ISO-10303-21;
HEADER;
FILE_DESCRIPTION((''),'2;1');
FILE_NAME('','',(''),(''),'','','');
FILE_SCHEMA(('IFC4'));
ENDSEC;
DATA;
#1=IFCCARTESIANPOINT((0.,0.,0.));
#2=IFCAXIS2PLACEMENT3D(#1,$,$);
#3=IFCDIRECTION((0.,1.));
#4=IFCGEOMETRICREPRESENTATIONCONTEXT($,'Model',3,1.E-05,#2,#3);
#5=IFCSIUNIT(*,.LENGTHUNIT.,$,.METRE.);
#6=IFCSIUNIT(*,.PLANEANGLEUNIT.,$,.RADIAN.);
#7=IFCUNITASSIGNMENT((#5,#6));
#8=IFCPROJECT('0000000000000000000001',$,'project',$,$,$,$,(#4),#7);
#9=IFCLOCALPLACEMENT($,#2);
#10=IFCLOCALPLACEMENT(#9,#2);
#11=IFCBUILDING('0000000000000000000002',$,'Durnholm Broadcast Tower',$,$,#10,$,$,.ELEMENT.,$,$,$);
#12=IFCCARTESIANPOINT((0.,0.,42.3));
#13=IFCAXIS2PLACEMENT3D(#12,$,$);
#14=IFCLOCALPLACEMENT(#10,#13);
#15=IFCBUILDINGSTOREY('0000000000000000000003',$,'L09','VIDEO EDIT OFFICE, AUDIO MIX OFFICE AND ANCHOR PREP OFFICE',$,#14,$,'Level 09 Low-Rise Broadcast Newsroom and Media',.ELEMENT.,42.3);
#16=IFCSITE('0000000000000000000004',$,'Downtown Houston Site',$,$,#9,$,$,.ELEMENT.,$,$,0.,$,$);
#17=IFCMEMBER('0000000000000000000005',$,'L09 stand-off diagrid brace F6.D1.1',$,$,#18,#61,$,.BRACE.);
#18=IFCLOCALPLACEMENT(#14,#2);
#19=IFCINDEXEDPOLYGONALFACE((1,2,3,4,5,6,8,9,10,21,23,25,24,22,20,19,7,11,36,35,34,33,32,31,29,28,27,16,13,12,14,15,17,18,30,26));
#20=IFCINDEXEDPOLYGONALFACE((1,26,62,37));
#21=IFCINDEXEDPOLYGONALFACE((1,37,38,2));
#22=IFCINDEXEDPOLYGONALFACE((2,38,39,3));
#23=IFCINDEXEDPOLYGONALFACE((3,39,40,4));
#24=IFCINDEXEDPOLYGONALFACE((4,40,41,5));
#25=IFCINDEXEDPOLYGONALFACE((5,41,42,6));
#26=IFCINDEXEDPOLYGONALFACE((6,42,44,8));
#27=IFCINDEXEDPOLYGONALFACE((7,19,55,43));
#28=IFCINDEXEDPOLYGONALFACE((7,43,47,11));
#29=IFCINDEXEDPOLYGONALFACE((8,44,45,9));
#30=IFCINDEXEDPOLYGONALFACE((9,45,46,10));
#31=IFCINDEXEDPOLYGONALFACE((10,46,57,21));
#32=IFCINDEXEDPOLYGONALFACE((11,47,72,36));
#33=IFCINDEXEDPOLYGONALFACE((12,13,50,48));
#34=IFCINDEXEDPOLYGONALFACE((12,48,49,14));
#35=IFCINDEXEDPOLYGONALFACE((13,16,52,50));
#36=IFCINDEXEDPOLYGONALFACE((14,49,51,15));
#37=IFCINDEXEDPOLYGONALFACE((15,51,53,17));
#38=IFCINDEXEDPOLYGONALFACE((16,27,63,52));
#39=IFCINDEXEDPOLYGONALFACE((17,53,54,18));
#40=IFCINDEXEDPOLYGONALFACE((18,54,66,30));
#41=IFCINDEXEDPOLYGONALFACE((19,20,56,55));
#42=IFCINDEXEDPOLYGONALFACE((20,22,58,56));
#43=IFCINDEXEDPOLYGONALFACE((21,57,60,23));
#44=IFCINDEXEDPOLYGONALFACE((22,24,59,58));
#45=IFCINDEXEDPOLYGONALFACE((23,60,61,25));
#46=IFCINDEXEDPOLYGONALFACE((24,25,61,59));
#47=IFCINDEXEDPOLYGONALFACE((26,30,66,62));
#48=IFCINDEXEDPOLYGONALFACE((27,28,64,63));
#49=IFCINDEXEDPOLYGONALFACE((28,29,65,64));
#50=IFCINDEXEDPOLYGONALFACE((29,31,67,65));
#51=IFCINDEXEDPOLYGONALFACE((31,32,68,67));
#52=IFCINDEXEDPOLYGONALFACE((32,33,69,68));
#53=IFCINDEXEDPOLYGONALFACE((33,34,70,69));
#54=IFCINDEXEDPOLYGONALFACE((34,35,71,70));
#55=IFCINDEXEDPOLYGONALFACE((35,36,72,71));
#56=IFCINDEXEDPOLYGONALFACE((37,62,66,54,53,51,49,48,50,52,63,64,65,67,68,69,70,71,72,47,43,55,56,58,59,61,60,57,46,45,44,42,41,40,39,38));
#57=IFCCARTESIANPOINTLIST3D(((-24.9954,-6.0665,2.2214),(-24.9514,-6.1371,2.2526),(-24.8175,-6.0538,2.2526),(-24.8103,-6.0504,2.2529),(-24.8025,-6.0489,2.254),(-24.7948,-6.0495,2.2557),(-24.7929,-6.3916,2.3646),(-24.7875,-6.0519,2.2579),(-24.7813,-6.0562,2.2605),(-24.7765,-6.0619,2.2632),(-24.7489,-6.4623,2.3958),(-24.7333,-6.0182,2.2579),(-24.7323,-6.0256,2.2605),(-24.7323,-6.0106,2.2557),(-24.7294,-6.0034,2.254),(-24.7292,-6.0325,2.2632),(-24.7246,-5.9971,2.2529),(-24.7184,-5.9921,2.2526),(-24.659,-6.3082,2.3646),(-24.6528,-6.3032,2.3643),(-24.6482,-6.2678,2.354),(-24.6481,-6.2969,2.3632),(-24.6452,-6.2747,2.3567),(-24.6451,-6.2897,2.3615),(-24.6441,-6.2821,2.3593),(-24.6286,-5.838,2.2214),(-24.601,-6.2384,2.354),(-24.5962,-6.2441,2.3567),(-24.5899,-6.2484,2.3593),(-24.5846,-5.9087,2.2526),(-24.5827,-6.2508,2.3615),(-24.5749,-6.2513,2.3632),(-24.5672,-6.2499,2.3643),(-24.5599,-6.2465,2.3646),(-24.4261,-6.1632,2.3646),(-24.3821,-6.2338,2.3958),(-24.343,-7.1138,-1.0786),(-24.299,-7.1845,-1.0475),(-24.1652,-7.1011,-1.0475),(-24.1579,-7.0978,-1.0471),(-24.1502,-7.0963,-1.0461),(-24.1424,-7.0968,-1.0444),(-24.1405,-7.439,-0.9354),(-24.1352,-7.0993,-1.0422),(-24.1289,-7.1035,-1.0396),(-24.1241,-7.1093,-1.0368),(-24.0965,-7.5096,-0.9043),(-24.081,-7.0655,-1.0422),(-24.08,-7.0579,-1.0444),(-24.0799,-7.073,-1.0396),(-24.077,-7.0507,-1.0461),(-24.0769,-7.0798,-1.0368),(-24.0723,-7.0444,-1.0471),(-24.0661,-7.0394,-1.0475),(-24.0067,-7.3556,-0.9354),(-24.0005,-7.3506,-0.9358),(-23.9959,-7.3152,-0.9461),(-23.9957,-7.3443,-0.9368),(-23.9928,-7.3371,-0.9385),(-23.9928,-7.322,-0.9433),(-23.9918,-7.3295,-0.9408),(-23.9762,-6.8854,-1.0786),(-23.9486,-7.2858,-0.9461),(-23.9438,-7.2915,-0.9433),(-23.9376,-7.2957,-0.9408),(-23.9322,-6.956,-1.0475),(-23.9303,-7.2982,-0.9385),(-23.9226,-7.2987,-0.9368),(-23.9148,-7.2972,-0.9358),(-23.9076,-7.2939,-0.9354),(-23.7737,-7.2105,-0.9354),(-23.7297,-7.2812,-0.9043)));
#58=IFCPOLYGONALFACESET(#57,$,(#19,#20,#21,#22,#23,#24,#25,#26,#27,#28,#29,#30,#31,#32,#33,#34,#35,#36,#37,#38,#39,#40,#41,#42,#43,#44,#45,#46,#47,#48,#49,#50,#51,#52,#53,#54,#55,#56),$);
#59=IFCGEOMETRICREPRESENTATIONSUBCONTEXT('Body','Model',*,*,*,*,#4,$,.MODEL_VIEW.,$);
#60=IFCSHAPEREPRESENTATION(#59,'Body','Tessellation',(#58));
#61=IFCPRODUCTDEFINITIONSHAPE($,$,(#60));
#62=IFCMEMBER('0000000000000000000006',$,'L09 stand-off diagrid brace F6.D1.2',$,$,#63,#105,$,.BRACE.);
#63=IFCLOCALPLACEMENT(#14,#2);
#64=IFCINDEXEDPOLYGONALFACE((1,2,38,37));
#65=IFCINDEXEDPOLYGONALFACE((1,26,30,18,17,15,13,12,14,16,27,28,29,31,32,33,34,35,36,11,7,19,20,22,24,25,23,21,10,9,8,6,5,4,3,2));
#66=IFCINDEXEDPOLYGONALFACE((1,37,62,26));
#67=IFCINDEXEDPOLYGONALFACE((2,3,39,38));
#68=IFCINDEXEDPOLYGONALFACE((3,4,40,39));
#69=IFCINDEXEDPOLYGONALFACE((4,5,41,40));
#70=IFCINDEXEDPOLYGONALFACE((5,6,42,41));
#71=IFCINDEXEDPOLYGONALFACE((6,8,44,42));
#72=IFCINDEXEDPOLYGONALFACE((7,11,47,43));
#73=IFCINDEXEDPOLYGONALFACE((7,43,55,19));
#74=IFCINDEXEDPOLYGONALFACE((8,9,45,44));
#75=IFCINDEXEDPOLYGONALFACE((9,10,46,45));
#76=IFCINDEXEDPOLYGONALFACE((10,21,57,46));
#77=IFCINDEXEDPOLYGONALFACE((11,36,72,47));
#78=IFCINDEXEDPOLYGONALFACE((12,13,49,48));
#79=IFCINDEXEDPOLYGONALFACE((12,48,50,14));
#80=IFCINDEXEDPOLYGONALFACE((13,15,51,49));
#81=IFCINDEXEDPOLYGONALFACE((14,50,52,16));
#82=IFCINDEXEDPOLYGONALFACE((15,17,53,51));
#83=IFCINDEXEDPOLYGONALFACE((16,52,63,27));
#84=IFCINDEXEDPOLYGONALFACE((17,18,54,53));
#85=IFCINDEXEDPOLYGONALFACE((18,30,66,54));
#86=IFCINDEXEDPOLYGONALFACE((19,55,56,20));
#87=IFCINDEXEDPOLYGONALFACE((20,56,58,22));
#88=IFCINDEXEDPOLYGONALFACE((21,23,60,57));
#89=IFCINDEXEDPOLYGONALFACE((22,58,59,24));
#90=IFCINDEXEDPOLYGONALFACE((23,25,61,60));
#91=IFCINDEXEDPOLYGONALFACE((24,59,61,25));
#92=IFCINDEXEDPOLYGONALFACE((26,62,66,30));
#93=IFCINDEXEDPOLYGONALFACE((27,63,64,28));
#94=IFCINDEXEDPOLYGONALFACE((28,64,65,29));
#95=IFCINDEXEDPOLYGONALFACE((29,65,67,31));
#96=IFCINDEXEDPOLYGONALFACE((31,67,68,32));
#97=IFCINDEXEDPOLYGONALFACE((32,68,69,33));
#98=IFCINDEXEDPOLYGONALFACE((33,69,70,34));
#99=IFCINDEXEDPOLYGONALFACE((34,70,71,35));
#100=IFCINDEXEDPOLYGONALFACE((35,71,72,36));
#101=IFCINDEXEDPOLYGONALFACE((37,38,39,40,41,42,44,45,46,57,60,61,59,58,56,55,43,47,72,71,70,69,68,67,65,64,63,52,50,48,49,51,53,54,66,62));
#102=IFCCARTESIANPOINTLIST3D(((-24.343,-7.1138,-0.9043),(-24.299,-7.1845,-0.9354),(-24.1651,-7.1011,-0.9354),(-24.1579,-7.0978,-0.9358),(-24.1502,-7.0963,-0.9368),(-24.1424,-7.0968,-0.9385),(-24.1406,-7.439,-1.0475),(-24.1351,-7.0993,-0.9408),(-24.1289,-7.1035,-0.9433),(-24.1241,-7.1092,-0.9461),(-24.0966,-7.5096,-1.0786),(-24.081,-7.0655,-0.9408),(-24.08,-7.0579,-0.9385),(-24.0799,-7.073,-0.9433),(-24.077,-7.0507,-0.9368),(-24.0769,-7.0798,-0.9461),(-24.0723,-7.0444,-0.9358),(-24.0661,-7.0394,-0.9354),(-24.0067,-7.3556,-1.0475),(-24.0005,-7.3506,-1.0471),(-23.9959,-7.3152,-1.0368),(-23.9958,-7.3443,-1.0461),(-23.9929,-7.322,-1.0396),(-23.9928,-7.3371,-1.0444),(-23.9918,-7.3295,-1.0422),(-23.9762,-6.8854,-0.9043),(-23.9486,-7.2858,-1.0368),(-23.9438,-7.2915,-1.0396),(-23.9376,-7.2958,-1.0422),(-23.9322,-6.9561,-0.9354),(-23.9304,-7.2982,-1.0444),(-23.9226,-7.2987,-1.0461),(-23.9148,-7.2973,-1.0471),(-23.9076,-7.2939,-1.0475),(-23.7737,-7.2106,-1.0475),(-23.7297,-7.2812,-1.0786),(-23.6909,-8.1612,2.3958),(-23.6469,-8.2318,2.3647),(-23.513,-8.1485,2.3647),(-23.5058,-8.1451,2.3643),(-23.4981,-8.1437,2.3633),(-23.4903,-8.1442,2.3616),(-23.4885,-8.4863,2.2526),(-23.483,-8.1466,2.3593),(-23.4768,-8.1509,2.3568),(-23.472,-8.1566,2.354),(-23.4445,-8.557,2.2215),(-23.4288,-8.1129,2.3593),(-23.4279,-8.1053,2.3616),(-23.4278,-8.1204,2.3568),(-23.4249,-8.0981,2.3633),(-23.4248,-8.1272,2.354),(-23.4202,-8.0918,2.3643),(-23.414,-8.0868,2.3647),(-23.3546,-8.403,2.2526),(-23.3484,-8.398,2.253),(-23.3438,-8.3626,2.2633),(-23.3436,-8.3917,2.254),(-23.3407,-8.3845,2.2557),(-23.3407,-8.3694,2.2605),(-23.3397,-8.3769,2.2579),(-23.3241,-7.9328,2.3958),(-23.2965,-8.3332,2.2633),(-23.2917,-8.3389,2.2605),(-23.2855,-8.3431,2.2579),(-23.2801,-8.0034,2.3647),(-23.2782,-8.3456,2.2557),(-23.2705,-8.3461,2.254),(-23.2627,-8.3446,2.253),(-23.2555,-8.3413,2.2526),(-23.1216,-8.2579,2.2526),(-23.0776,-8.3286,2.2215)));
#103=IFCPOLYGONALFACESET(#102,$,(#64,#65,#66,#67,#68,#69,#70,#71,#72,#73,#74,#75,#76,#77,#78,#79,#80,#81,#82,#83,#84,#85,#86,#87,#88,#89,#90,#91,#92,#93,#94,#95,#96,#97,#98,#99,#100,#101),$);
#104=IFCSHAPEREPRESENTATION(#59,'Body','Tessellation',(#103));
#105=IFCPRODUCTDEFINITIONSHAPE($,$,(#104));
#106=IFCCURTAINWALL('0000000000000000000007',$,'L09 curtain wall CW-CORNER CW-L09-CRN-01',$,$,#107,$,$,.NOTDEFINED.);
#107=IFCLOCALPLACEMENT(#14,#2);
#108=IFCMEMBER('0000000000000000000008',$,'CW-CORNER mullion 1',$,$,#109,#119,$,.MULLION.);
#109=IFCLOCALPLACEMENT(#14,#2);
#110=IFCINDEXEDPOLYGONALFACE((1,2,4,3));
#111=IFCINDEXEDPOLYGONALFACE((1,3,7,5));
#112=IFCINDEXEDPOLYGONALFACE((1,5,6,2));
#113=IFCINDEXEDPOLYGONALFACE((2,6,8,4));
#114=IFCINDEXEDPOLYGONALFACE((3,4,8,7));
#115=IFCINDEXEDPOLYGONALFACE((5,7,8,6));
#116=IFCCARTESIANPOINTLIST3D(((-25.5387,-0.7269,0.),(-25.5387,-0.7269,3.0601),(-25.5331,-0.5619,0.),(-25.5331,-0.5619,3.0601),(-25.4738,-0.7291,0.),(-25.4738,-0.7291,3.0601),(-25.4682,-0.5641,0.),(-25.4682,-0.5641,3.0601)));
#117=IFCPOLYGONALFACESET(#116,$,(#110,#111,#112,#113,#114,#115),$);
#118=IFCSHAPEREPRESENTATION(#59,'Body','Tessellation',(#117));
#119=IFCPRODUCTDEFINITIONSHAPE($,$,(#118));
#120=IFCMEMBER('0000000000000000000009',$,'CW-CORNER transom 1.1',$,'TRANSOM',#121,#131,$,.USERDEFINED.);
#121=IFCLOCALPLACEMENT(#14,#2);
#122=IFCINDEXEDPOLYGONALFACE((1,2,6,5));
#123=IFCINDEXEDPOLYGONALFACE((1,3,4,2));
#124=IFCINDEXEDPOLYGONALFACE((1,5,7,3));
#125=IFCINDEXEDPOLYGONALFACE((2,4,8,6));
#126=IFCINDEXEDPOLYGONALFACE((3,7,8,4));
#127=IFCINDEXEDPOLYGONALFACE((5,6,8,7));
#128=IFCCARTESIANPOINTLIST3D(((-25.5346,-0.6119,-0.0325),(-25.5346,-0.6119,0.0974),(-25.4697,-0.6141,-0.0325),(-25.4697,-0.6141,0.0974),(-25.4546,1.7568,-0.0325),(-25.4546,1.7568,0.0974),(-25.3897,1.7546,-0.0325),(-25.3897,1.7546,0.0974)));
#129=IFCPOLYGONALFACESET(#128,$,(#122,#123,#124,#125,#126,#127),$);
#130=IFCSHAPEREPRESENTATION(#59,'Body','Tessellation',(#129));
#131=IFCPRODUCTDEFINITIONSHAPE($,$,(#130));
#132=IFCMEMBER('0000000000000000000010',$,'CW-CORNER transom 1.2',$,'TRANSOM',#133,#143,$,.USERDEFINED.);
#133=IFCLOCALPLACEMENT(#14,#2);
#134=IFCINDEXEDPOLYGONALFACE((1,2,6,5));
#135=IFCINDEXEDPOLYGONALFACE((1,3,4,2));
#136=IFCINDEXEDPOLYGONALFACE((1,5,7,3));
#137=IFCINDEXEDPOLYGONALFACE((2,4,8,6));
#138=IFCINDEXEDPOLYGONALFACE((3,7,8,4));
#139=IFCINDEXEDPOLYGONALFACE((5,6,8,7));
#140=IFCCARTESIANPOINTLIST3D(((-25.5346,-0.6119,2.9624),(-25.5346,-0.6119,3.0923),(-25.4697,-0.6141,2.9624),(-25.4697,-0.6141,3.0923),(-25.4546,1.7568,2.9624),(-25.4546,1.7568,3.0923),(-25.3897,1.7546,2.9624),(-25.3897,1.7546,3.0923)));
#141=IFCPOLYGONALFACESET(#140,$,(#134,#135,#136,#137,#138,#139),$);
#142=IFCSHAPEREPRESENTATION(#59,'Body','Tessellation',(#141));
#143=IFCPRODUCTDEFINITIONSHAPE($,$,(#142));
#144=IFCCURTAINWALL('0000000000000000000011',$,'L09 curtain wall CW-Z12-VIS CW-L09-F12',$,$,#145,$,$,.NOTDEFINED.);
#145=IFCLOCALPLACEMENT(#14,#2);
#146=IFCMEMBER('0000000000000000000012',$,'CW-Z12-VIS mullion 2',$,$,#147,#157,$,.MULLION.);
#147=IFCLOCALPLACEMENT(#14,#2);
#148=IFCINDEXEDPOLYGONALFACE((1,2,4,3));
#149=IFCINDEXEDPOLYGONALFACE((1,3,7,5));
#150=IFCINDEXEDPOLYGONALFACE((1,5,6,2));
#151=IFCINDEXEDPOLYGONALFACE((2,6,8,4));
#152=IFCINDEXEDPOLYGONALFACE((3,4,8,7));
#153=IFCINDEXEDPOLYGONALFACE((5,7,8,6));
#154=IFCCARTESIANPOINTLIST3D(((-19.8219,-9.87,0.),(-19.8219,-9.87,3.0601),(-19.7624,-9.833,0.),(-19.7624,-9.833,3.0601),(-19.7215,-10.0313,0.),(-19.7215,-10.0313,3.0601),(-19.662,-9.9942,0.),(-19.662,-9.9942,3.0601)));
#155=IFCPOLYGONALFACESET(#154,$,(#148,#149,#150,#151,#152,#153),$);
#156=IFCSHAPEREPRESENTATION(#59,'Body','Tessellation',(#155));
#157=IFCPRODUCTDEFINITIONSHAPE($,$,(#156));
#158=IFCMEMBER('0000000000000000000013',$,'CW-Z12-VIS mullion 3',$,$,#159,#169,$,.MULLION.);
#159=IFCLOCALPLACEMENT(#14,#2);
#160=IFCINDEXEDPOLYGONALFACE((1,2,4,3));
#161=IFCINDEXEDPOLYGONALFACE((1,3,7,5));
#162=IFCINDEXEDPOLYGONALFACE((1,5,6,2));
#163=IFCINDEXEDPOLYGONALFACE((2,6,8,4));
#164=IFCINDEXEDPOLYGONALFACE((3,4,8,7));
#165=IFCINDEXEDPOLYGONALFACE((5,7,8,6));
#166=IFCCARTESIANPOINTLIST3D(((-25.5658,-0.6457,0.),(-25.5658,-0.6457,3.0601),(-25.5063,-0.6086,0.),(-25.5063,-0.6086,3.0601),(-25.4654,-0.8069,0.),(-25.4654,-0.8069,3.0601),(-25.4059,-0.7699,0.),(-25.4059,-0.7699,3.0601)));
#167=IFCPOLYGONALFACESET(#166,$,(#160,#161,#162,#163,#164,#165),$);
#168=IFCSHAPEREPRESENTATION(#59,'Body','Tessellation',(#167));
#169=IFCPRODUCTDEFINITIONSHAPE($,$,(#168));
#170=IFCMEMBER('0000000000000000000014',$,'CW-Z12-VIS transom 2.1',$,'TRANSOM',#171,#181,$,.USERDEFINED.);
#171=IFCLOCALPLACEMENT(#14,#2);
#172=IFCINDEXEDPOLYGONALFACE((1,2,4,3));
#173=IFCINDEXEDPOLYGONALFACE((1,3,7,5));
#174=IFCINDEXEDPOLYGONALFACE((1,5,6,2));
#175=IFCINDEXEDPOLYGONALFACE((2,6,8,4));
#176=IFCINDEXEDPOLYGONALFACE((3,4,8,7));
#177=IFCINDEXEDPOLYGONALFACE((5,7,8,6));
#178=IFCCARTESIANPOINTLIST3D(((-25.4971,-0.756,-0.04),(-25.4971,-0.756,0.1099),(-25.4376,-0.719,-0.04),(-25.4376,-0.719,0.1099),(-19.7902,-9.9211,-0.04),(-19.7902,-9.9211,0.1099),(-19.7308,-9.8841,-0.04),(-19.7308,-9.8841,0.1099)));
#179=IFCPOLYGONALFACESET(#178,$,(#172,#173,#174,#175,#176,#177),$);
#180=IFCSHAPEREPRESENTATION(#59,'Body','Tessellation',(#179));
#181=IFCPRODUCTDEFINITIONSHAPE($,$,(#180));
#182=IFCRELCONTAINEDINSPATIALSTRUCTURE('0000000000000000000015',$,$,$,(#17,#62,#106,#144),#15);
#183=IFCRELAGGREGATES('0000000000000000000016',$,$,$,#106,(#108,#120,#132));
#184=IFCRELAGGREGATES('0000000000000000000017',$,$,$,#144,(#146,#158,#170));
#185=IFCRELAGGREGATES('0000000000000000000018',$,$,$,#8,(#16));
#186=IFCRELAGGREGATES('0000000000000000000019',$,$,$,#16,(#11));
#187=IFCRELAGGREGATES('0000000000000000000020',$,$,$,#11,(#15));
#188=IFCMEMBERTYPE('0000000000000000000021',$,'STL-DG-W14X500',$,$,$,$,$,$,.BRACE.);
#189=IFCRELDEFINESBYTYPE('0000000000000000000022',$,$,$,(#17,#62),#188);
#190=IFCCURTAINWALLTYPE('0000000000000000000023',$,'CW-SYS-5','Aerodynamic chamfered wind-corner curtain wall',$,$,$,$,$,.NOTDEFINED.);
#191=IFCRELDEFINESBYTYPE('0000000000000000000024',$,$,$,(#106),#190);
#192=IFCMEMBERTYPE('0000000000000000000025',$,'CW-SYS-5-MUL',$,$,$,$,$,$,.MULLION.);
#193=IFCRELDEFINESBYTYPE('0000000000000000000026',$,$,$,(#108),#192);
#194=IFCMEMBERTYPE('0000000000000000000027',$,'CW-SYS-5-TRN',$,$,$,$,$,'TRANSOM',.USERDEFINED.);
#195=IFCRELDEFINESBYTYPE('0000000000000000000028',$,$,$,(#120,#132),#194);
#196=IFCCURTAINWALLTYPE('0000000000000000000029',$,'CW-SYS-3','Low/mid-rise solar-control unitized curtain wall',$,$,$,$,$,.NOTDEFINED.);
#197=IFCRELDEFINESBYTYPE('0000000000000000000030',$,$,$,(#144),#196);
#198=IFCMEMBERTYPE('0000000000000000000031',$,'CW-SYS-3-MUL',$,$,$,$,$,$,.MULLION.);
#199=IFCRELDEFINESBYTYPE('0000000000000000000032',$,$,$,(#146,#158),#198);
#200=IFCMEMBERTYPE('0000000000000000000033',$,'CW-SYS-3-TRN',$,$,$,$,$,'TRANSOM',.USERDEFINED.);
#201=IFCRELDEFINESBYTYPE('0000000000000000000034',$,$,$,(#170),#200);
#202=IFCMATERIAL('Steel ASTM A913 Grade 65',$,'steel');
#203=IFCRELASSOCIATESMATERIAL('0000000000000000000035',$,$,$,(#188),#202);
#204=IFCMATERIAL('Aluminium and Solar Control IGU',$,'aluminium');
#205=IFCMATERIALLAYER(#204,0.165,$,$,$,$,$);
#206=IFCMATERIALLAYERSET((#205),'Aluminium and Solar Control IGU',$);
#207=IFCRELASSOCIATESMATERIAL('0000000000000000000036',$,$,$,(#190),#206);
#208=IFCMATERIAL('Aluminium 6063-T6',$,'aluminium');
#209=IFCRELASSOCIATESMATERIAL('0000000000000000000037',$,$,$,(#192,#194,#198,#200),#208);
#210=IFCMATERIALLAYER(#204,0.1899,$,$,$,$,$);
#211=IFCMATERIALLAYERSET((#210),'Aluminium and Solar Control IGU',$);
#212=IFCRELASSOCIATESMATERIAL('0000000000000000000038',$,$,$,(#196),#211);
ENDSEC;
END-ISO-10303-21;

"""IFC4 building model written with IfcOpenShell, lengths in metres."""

from ifc_helpers import new_model, si_unit, direction, frame, origin, origin_2d, place, context, subcontext, project, spatial, rectangle, i_section, extrude, source, transform, mapped, material, layer, layer_set, material_profile, profile_set, type_object, type_shapes, element, aggregate, save


model = new_model("IFC4")

# Units and contexts
model_context = context("Model", 3, precision=1e-05, world=origin(), true_north=direction((0.0, 1.0)))
body_context = subcontext(model_context, "Body", "Model", "MODEL_VIEW")
ifc_project = project(units=[si_unit("LENGTHUNIT", "METRE"), si_unit("PLANEANGLEUNIT", "RADIAN")], contexts=[model_context])

# Site, building, storey
site_placement = place(None, origin())
site = spatial("IfcSite", under=ifc_project, at=site_placement, Name="Downtown Houston Site", CompositionType="ELEMENT", RefElevation=0.0)
building_placement = place(site_placement, origin())
building = spatial("IfcBuilding", under=site, at=building_placement, Name="Durnholm Broadcast Tower", CompositionType="ELEMENT")
storey_placement = place(building_placement, frame((0.0, 0.0, 42.3)))
storey = spatial("IfcBuildingStorey", under=building, at=storey_placement, Name="L09", Description="VIDEO EDIT OFFICE, AUDIO MIX OFFICE AND ANCHOR PREP OFFICE", LongName="Level 09 Low-Rise Broadcast Newsroom and Media", CompositionType="ELEMENT", Elevation=42.3)

# Members
ifc_material_1 = material(Name="Steel ASTM A913 Grade 65", Category="steel")
ifc_material_profile_1 = material_profile(ifc_material_1, i_section(OverallWidth=0.4321, OverallDepth=0.4978, WebThickness=0.0557, FlangeThickness=0.0889, FilletRadius=0.0305, at=origin_2d()), Name="W14X500")
ifc_profile_set_1 = profile_set([ifc_material_profile_1], Name="Steel ASTM A913 Grade 65")
member_type_1 = type_object("IfcMemberType", Name="STL-DG-W14X500", PredefinedType="BRACE", material=ifc_profile_set_1)
shared_shape_1 = source(origin(), body_context, "Body", "SweptSolid", [
    extrude(i_section(OverallWidth=0.4321, OverallDepth=0.4978, WebThickness=0.0557, FlangeThickness=0.0889, FilletRadius=0.0305, at=origin_2d()), origin(), (0.0, 0.0, 1.0), 3.5232),
])
type_shapes(member_type_1, [shared_shape_1])
for number, where, z_axis, x_axis, name in (
    (1, (-24.0364, -7.1975, -0.9915), (-0.185157, 0.297277, 0.936666), (-0.84882, -0.528682, 0.0), "L09 stand-off diagrid brace F6.D1.1"),
    (2, (-24.0364, -7.1975, -0.9915), (0.18509, -0.297281, 0.936678), (0.848909, 0.52854, 0.0), "L09 stand-off diagrid brace F6.D1.2"),
):
    element("IfcMember", number, at=place(storey_placement, frame(where, z_axis=z_axis, x_axis=x_axis)), inside=storey, type_object=member_type_1, Name=name, PredefinedType="BRACE", context=body_context, shape_type="MappedRepresentation", body=[
        mapped(shared_shape_1, transform((0.0, 0.0, 0.0), x_axis=(1.0, 0.0, 0.0), y_axis=(0.0, 1.0, 0.0), z_axis=(0.0, 0.0, 1.0), scale=1.0)),
    ])

# Curtain wall, members
ifc_material_2 = material(Name="Aluminium and Solar Control IGU", Category="aluminium")
ifc_layer_1 = layer(ifc_material_2, 0.165)
ifc_layer_set_1 = layer_set([ifc_layer_1], Name="Aluminium and Solar Control IGU")
curtain_wall_type_1 = type_object("IfcCurtainWallType", Name="CW-SYS-5", Description="Aerodynamic chamfered wind-corner curtain wall", PredefinedType="NOTDEFINED", material=ifc_layer_set_1)
curtain_wall_1_placement = place(storey_placement, origin())
curtain_wall_1 = element("IfcCurtainWall", 3, at=curtain_wall_1_placement, inside=storey, type_object=curtain_wall_type_1, Name="L09 curtain wall CW-CORNER CW-L09-CRN-01", PredefinedType="NOTDEFINED")
ifc_material_3 = material(Name="Aluminium 6063-T6", Category="aluminium")
ifc_material_profile_2 = material_profile(ifc_material_3, rectangle(XDim=0.0649, YDim=0.165, at=origin_2d()), Name="CWM65X165")
ifc_profile_set_2 = profile_set([ifc_material_profile_2], Name="Aluminium 6063-T6")
member_type_2 = type_object("IfcMemberType", Name="CW-SYS-5-MUL", PredefinedType="MULLION", material=ifc_profile_set_2)
shared_shape_2 = source(origin(), body_context, "Body", "SweptSolid", [
    extrude(rectangle(XDim=0.0649, YDim=0.165, at=origin_2d()), origin(), (0.0, 0.0, 1.0), 3.0601),
])
type_shapes(member_type_2, [shared_shape_2])
member_1_placement = place(storey_placement, frame((-25.5034, -0.6455, 0.0), z_axis=(0.0, 0.0, 1.0), x_axis=(-0.999427, 0.03384, 0.0)))
member_1 = element("IfcMember", 4, at=member_1_placement, type_object=member_type_2, Name="CW-CORNER mullion 1", PredefinedType="MULLION", context=body_context, shape_type="MappedRepresentation", body=[
    mapped(shared_shape_2, transform((0.0, 0.0, 0.0), x_axis=(1.0, 0.0, 0.0), y_axis=(0.0, 1.0, 0.0), z_axis=(0.0, 0.0, 1.0), scale=1.0)),
])
ifc_material_profile_3 = material_profile(ifc_material_3, rectangle(XDim=0.0649, YDim=0.1299, at=origin_2d()), Name="CWT65X130")
ifc_profile_set_3 = profile_set([ifc_material_profile_3], Name="Aluminium 6063-T6")
member_type_3 = type_object("IfcMemberType", Name="CW-SYS-5-TRN", ElementType="TRANSOM", PredefinedType="USERDEFINED", material=ifc_profile_set_3)
shared_shape_3 = source(origin(), body_context, "Body", "SweptSolid", [
    extrude(rectangle(XDim=0.0649, YDim=0.1299, at=origin_2d()), origin(), (0.0, 0.0, 1.0), 2.3701),
])
type_shapes(member_type_3, [shared_shape_3])
member_2_placement = place(storey_placement, frame((-25.5022, -0.613, 0.0325), z_axis=(0.033788, 0.999429, 0.0), x_axis=(-0.999429, 0.033788, 0.0)))
member_2 = element("IfcMember", 5, at=member_2_placement, type_object=member_type_3, Name="CW-CORNER transom 1.1", ObjectType="TRANSOM", PredefinedType="USERDEFINED", context=body_context, shape_type="MappedRepresentation", body=[
    mapped(shared_shape_3, transform((0.0, 0.0, 0.0), x_axis=(1.0, 0.0, 0.0), y_axis=(0.0, 1.0, 0.0), z_axis=(0.0, 0.0, 1.0), scale=1.0)),
])
member_3_placement = place(storey_placement, frame((-25.5022, -0.613, 3.0273), z_axis=(0.033788, 0.999429, 0.0), x_axis=(-0.999429, 0.033788, 0.0)))
member_3 = element("IfcMember", 6, at=member_3_placement, type_object=member_type_3, Name="CW-CORNER transom 1.2", ObjectType="TRANSOM", PredefinedType="USERDEFINED", context=body_context, shape_type="MappedRepresentation", body=[
    mapped(shared_shape_3, transform((0.0, 0.0, 0.0), x_axis=(1.0, 0.0, 0.0), y_axis=(0.0, 1.0, 0.0), z_axis=(0.0, 0.0, 1.0), scale=1.0)),
])
aggregate(curtain_wall_1, [member_1, member_2, member_3])

# Curtain wall, members
ifc_layer_2 = layer(ifc_material_2, 0.1899)
ifc_layer_set_2 = layer_set([ifc_layer_2], Name="Aluminium and Solar Control IGU")
curtain_wall_type_2 = type_object("IfcCurtainWallType", Name="CW-SYS-3", Description="Low/mid-rise solar-control unitized curtain wall", PredefinedType="NOTDEFINED", material=ifc_layer_set_2)
curtain_wall_2_placement = place(storey_placement, origin())
curtain_wall_2 = element("IfcCurtainWall", 7, at=curtain_wall_2_placement, inside=storey, type_object=curtain_wall_type_2, Name="L09 curtain wall CW-Z12-VIS CW-L09-F12", PredefinedType="NOTDEFINED")
ifc_material_profile_4 = material_profile(ifc_material_3, rectangle(XDim=0.0701, YDim=0.1899, at=origin_2d()), Name="CWM70X190")
ifc_profile_set_4 = profile_set([ifc_material_profile_4], Name="Aluminium 6063-T6")
member_type_4 = type_object("IfcMemberType", Name="CW-SYS-3-MUL", PredefinedType="MULLION", material=ifc_profile_set_4)
shared_shape_4 = source(origin(), body_context, "Body", "SweptSolid", [
    extrude(rectangle(XDim=0.0701, YDim=0.1899, at=origin_2d()), origin(), (0.0, 0.0, 1.0), 3.0601),
])
type_shapes(member_type_4, [shared_shape_4])
member_4_placement = place(storey_placement, frame((-19.7419, -9.9321, 0.0), z_axis=(0.0, 0.0, 1.0), x_axis=(-0.848876, -0.528592, 0.0)))
member_4 = element("IfcMember", 8, at=member_4_placement, type_object=member_type_4, Name="CW-Z12-VIS mullion 2", PredefinedType="MULLION", context=body_context, shape_type="MappedRepresentation", body=[
    mapped(shared_shape_4, transform((0.0, 0.0, 0.0), x_axis=(1.0, 0.0, 0.0), y_axis=(0.0, 1.0, 0.0), z_axis=(0.0, 0.0, 1.0), scale=1.0)),
])
member_5_placement = place(storey_placement, frame((-25.4858, -0.7078, 0.0), z_axis=(0.0, 0.0, 1.0), x_axis=(-0.848876, -0.528592, 0.0)))
member_5 = element("IfcMember", 9, at=member_5_placement, type_object=member_type_4, Name="CW-Z12-VIS mullion 3", PredefinedType="MULLION", context=body_context, shape_type="MappedRepresentation", body=[
    mapped(shared_shape_4, transform((0.0, 0.0, 0.0), x_axis=(1.0, 0.0, 0.0), y_axis=(0.0, 1.0, 0.0), z_axis=(0.0, 0.0, 1.0), scale=1.0)),
])
ifc_material_profile_5 = material_profile(ifc_material_3, rectangle(XDim=0.0701, YDim=0.1499, at=origin_2d()), Name="CWT70X150")
ifc_profile_set_5 = profile_set([ifc_material_profile_5], Name="Aluminium 6063-T6")
member_type_5 = type_object("IfcMemberType", Name="CW-SYS-3-TRN", ElementType="TRANSOM", PredefinedType="USERDEFINED", material=ifc_profile_set_5)
shared_shape_5 = source(origin(), body_context, "Body", "SweptSolid", [
    extrude(rectangle(XDim=0.0701, YDim=0.1499, at=origin_2d()), origin(), (0.0, 0.0, 1.0), 10.7966),
])
type_shapes(member_type_5, [shared_shape_5])
member_6_placement = place(storey_placement, frame((-19.7605, -9.9026, 0.0349), z_axis=(-0.528575, 0.848886, 0.0), x_axis=(-0.848886, -0.528575, 0.0)))
member_6 = element("IfcMember", 10, at=member_6_placement, type_object=member_type_5, Name="CW-Z12-VIS transom 2.1", ObjectType="TRANSOM", PredefinedType="USERDEFINED", context=body_context, shape_type="MappedRepresentation", body=[
    mapped(shared_shape_5, transform((0.0, 0.0, 0.0), x_axis=(1.0, 0.0, 0.0), y_axis=(0.0, 1.0, 0.0), z_axis=(0.0, 0.0, 1.0), scale=1.0)),
])
aggregate(curtain_wall_2, [member_4, member_5, member_6])

save(model, "model.ifc")
